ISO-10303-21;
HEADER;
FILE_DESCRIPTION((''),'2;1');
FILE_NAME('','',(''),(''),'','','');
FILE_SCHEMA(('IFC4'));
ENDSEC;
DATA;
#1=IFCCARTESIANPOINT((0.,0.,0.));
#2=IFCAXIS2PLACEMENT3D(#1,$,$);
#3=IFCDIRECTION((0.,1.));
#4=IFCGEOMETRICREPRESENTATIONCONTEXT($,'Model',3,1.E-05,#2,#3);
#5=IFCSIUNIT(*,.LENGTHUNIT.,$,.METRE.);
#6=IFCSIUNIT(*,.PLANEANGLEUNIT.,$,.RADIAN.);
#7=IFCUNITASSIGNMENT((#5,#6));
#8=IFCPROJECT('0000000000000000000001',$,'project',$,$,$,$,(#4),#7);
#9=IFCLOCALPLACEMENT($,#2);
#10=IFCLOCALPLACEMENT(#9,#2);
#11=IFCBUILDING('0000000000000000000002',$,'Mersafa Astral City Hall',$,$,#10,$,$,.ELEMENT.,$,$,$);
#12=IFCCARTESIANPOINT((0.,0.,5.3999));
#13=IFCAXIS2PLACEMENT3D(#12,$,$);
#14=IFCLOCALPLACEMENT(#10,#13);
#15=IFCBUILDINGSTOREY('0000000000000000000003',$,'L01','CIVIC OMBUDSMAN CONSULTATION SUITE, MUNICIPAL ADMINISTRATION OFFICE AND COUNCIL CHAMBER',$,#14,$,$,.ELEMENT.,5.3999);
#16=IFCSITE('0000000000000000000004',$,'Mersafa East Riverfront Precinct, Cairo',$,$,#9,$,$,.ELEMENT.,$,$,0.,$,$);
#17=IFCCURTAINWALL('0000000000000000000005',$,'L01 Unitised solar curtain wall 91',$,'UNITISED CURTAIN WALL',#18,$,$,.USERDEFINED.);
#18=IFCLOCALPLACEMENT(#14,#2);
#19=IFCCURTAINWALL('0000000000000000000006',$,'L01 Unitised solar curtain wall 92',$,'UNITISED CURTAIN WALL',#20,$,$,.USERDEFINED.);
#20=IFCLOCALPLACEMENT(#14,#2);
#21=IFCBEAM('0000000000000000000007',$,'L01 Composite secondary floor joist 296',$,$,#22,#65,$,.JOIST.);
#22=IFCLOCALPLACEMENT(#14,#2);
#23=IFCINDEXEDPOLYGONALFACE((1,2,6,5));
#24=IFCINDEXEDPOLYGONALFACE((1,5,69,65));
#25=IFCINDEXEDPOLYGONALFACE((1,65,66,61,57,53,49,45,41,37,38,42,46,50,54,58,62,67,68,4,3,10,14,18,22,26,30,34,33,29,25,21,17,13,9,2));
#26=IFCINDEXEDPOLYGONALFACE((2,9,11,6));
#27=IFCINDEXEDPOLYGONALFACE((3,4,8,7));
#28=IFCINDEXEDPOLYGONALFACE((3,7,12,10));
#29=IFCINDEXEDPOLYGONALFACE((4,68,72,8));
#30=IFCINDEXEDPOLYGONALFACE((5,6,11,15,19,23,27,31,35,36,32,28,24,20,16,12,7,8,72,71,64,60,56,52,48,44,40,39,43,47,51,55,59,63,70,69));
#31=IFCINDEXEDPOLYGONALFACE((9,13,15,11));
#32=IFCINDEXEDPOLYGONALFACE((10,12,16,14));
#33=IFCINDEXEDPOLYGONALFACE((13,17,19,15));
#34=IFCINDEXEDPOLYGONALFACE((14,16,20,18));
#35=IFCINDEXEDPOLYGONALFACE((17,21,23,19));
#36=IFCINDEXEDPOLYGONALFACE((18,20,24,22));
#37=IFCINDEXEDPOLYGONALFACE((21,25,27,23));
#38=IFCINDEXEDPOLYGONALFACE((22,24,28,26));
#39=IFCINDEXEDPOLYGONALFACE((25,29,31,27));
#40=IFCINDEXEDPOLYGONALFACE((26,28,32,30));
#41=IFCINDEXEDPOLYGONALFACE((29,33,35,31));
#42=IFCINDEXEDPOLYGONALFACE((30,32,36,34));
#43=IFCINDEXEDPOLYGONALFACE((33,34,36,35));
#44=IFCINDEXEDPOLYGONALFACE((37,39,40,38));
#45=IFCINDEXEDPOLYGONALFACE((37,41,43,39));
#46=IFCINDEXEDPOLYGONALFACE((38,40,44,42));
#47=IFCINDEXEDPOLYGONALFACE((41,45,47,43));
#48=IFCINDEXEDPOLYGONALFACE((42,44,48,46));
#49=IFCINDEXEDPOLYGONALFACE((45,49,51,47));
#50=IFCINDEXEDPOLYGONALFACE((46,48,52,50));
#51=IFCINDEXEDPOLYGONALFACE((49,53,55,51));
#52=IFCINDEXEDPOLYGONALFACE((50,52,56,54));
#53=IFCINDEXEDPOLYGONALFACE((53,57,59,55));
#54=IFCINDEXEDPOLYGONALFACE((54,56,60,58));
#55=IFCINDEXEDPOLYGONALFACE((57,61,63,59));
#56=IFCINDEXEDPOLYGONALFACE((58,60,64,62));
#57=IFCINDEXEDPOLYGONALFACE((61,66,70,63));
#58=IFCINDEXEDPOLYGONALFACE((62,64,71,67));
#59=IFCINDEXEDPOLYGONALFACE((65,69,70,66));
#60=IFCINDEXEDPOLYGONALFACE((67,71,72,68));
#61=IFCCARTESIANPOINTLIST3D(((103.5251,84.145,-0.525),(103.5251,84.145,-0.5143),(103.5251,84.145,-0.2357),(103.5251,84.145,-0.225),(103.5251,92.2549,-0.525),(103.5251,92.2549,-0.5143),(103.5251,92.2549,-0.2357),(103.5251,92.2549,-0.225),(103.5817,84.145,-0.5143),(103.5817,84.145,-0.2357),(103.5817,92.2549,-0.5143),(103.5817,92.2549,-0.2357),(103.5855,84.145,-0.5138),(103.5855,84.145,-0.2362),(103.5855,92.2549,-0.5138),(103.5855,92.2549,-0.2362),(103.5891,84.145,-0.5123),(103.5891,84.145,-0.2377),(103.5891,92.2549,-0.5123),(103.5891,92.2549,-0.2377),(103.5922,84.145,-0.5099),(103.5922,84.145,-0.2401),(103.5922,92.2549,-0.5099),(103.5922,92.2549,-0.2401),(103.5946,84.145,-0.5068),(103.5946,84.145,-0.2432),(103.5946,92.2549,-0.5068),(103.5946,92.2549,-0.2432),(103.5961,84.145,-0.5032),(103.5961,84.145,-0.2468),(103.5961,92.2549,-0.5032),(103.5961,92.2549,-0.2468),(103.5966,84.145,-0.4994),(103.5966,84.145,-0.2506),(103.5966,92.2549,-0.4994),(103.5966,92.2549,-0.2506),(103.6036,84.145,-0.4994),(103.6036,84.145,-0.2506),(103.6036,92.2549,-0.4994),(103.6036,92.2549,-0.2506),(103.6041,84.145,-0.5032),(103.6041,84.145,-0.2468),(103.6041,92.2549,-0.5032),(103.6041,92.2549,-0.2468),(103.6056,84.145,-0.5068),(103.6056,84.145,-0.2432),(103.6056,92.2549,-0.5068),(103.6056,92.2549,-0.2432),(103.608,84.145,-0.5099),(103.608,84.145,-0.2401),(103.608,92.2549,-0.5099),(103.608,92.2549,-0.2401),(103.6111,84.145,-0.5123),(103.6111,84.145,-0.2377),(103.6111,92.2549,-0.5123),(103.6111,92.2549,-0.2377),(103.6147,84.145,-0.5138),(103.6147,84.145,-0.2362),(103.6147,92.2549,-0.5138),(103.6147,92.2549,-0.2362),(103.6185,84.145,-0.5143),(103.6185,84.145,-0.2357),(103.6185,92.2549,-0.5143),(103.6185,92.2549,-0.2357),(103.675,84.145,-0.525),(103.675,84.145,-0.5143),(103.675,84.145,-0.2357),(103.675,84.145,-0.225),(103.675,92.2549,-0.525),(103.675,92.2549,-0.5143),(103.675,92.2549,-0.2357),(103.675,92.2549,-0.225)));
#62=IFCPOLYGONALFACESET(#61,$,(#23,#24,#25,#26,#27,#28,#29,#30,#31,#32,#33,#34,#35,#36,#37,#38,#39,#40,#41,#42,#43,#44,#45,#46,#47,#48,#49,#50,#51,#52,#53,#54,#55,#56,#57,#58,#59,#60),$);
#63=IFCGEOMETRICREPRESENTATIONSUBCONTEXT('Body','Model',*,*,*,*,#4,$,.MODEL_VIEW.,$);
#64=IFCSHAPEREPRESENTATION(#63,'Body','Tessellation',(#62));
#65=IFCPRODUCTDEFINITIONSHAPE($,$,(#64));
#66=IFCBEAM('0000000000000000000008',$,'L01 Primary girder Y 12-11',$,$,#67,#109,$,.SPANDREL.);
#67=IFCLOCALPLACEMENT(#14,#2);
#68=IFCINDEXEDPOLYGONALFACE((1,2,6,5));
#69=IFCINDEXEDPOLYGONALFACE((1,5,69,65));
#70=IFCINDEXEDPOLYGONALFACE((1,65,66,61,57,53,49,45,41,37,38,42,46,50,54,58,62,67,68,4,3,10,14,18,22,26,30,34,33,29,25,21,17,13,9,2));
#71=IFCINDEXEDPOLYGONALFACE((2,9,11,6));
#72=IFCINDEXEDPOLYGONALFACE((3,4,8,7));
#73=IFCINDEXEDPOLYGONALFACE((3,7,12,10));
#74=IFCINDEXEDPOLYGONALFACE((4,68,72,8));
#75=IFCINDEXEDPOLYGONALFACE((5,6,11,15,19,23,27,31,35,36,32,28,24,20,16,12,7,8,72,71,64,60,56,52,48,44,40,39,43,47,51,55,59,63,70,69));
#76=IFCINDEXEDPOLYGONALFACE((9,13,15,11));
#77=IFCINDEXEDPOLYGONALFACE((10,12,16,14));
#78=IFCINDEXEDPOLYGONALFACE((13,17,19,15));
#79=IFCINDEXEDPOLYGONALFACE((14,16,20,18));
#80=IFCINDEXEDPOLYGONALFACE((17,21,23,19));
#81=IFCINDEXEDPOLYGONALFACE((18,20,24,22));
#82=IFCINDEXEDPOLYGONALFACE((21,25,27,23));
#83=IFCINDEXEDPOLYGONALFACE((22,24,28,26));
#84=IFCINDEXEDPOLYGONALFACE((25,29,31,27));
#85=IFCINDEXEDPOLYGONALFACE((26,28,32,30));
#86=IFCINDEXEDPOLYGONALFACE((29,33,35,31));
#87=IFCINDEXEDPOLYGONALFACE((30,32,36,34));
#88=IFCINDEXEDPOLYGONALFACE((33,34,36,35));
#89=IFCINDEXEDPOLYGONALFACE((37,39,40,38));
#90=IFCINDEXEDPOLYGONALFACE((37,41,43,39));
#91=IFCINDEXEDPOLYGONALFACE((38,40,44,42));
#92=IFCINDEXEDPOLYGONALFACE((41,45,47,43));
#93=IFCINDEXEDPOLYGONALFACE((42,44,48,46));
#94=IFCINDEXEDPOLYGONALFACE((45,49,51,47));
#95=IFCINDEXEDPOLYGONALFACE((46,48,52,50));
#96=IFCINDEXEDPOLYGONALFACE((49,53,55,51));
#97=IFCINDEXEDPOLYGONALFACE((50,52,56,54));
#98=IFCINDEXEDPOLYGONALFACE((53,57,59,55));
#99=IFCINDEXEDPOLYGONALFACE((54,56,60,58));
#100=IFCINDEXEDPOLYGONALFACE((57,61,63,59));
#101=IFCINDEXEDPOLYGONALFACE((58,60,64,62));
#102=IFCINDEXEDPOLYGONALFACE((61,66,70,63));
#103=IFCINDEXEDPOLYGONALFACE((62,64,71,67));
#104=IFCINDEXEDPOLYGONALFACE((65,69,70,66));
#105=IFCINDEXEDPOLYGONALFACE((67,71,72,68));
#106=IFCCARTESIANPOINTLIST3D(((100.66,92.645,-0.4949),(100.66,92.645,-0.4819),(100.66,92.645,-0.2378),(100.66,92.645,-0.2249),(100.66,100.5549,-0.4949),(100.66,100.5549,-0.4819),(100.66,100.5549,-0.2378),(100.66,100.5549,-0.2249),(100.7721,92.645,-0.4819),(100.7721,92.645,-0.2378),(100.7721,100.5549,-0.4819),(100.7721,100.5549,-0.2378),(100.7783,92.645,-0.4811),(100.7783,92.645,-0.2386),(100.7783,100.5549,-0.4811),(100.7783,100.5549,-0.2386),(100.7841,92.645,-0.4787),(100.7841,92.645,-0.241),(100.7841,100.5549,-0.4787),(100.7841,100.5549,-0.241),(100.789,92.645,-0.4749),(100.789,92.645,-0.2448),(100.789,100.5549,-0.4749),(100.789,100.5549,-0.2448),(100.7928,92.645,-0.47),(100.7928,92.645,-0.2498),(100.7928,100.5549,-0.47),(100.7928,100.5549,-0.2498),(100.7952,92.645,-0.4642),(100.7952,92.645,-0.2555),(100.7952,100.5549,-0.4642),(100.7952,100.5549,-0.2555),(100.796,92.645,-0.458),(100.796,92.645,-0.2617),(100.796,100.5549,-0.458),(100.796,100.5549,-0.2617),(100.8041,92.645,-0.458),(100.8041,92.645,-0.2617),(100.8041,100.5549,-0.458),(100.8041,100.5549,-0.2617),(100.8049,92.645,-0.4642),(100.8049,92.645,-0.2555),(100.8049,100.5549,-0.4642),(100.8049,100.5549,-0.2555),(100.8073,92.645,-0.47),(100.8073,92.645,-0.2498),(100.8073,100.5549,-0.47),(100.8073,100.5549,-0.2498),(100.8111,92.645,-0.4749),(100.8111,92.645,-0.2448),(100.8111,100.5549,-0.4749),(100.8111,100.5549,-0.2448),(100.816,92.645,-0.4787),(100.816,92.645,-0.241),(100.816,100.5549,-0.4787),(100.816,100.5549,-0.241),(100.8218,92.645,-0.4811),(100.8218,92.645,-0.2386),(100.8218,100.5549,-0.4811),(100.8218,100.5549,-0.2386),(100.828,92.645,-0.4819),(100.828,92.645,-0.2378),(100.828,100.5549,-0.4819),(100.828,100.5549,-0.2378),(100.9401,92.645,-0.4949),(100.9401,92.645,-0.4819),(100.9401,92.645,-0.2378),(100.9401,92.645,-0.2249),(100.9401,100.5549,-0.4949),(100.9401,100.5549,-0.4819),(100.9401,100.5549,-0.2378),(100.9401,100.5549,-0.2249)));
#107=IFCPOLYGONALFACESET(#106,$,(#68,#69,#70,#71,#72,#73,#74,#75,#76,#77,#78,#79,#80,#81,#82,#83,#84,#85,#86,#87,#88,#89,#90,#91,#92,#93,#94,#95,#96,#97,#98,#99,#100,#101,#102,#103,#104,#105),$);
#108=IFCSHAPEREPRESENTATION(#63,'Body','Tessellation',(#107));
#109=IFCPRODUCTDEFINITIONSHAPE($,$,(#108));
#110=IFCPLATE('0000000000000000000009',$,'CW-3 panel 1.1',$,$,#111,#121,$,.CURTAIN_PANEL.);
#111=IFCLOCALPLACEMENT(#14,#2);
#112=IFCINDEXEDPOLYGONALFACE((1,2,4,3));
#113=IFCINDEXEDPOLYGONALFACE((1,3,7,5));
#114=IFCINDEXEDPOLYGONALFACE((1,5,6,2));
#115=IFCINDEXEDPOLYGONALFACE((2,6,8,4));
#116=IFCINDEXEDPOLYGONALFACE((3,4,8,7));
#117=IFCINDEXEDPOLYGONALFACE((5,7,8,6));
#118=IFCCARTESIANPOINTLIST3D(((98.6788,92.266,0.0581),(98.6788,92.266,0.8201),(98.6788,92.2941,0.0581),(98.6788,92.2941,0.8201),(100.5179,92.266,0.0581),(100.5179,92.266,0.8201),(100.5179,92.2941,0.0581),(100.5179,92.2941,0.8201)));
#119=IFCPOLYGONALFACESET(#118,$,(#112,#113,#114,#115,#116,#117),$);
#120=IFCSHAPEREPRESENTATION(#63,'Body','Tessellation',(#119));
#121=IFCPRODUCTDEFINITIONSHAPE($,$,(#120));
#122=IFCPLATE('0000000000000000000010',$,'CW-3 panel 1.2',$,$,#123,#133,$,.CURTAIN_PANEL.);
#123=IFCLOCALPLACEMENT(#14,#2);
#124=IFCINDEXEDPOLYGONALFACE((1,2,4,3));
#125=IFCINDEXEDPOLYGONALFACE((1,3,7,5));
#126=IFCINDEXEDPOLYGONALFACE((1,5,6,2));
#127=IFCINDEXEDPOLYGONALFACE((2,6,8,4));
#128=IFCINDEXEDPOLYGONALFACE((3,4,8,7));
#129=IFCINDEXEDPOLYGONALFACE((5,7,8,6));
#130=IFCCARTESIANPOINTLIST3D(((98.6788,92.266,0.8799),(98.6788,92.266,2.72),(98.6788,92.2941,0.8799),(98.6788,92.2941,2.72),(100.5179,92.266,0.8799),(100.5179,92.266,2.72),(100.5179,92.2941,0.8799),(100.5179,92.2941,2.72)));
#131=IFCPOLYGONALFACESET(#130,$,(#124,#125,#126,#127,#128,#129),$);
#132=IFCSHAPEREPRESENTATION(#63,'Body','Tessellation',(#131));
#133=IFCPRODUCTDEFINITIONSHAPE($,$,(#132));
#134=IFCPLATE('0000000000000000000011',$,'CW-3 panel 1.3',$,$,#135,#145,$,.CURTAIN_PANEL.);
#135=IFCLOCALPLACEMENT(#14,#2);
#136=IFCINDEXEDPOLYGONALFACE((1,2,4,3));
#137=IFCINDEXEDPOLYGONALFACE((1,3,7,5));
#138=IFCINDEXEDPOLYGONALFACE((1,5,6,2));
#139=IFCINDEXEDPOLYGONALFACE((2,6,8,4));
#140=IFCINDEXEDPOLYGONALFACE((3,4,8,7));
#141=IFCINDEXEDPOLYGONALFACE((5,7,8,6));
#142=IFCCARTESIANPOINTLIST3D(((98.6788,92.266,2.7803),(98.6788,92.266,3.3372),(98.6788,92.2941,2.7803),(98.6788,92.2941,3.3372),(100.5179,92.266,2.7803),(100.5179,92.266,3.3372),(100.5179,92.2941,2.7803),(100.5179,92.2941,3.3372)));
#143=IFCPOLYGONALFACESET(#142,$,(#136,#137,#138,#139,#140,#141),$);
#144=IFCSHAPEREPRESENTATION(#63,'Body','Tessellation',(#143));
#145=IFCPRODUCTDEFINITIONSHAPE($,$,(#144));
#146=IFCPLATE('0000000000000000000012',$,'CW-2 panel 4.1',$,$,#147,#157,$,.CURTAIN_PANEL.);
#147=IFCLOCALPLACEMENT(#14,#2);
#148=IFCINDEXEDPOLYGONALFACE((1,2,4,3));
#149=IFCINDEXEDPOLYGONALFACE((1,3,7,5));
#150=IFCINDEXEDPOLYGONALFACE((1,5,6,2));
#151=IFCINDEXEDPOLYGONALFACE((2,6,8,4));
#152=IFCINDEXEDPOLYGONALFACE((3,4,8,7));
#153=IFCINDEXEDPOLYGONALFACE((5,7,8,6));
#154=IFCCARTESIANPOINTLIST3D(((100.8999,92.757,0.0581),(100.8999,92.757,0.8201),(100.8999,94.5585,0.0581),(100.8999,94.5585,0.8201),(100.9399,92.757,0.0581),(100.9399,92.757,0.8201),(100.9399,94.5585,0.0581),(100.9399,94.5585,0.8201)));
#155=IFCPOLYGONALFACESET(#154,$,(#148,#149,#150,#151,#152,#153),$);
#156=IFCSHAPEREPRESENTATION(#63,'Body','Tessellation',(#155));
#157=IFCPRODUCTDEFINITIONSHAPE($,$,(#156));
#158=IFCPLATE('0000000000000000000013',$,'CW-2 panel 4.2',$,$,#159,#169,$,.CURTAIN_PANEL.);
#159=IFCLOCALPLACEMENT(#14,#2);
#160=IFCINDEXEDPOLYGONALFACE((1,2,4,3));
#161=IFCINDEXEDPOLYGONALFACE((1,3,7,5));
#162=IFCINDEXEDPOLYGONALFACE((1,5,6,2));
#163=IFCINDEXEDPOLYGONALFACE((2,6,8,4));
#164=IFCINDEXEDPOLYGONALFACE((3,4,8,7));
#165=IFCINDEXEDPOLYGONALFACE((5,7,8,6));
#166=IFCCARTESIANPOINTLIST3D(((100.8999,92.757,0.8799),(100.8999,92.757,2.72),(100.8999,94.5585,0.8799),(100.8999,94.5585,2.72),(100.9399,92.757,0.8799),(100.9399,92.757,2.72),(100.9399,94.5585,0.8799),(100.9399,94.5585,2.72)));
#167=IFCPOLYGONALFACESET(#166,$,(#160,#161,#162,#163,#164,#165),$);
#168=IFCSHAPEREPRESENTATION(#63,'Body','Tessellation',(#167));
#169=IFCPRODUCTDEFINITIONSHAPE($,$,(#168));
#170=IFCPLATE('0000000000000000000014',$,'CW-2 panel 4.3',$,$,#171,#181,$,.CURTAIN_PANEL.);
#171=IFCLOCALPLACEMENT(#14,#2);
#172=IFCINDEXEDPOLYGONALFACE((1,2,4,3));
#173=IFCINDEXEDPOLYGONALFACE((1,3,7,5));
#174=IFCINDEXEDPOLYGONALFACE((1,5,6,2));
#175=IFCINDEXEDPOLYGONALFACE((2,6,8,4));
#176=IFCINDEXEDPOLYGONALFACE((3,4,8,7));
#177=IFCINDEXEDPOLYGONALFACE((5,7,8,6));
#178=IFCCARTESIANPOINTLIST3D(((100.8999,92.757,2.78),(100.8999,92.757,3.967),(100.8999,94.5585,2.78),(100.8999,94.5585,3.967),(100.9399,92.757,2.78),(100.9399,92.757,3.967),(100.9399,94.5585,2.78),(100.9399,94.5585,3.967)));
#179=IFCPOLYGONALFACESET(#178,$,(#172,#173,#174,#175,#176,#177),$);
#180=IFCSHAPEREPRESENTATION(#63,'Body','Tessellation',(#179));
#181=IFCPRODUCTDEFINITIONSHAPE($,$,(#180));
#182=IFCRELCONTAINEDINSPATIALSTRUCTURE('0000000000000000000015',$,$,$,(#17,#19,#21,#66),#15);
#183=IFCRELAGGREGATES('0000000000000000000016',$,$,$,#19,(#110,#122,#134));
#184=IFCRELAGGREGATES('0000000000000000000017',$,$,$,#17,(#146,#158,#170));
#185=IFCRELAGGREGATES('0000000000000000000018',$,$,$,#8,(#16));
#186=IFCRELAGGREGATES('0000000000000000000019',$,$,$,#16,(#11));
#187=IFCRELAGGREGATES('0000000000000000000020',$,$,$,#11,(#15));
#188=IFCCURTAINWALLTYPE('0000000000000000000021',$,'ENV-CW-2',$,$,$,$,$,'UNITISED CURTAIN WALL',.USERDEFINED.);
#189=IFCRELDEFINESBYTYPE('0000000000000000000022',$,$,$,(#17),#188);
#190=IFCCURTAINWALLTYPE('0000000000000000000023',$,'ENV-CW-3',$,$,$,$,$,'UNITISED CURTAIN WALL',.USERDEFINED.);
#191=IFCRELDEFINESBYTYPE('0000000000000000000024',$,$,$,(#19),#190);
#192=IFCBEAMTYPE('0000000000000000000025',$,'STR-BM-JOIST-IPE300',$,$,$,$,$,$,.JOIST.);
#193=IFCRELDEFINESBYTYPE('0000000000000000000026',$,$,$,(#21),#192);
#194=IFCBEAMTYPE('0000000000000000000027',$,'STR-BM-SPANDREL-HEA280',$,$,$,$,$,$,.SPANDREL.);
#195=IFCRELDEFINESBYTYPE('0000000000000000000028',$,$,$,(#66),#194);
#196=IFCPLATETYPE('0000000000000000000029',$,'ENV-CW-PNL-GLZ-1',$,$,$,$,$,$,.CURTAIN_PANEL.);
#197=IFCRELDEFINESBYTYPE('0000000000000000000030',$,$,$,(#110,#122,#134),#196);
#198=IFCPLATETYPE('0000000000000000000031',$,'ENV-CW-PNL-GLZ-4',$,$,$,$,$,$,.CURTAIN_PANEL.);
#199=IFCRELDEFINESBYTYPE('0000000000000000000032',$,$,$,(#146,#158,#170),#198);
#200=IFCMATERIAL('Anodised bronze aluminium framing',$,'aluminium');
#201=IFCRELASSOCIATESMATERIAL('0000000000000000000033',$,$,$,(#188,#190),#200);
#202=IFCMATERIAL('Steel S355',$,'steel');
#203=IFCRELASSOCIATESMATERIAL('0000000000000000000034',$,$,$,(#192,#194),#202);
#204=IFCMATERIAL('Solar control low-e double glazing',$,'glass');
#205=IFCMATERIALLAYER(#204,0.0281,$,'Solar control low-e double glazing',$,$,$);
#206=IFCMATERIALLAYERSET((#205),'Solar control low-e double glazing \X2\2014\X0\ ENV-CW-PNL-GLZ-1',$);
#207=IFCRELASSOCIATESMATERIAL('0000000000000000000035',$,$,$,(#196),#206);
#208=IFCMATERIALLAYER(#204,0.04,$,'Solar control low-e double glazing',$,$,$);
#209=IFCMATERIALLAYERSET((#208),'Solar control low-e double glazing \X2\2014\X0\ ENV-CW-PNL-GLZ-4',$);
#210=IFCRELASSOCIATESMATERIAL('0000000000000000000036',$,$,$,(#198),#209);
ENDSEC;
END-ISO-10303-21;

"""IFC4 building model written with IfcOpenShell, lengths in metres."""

from ifc_helpers import new_model, si_unit, direction, frame, origin, origin_2d, place, context, subcontext, project, spatial, rectangle, i_section, extrude, material, layer, layer_set, material_profile, profile_set, type_object, element, aggregate, save


model = new_model("IFC4")

# Units and contexts
model_context = context("Model", 3, precision=1e-05, world=origin(), true_north=direction((0.0, 1.0)))
body_context = subcontext(model_context, "Body", "Model", "MODEL_VIEW")
ifc_project = project(units=[si_unit("LENGTHUNIT", "METRE"), si_unit("PLANEANGLEUNIT", "RADIAN")], contexts=[model_context])

# Site, building, storey
site_placement = place(None, origin())
site = spatial("IfcSite", under=ifc_project, at=site_placement, Name="Mersafa East Riverfront Precinct, Cairo", CompositionType="ELEMENT", RefElevation=0.0)
building_placement = place(site_placement, origin())
building = spatial("IfcBuilding", under=site, at=building_placement, Name="Mersafa Astral City Hall", CompositionType="ELEMENT")
storey_placement = place(building_placement, frame((0.0, 0.0, 5.3999)))
storey = spatial("IfcBuildingStorey", under=building, at=storey_placement, Name="L01", Description="CIVIC OMBUDSMAN CONSULTATION SUITE, MUNICIPAL ADMINISTRATION OFFICE AND COUNCIL CHAMBER", CompositionType="ELEMENT", Elevation=5.3999)

# Shared definitions
ifc_material_1 = material(Name="Steel S355", Category="steel")

# Curtain wall
ifc_material_2 = material(Name="Anodised bronze aluminium framing", Category="aluminium")
curtain_wall_type_1 = type_object("IfcCurtainWallType", Name="ENV-CW-2", ElementType="UNITISED CURTAIN WALL", PredefinedType="USERDEFINED", material=ifc_material_2)
curtain_wall_1_placement = place(storey_placement, origin())
curtain_wall_1 = element("IfcCurtainWall", 1, at=curtain_wall_1_placement, inside=storey, type_object=curtain_wall_type_1, Name="L01 Unitised solar curtain wall 91", ObjectType="UNITISED CURTAIN WALL", PredefinedType="USERDEFINED")

# Curtain wall
curtain_wall_type_2 = type_object("IfcCurtainWallType", Name="ENV-CW-3", ElementType="UNITISED CURTAIN WALL", PredefinedType="USERDEFINED", material=ifc_material_2)
curtain_wall_2_placement = place(storey_placement, origin())
curtain_wall_2 = element("IfcCurtainWall", 2, at=curtain_wall_2_placement, inside=storey, type_object=curtain_wall_type_2, Name="L01 Unitised solar curtain wall 92", ObjectType="UNITISED CURTAIN WALL", PredefinedType="USERDEFINED")

# Beams
ifc_material_profile_1 = material_profile(ifc_material_1, i_section(OverallWidth=0.1499, OverallDepth=0.3, WebThickness=0.0071, FlangeThickness=0.0107, FilletRadius=0.0149, at=origin_2d()), Name="IPE 300")
ifc_profile_set_1 = profile_set([ifc_material_profile_1], Name="Steel S355")
beam_type_1 = type_object("IfcBeamType", Name="STR-BM-JOIST-IPE300", PredefinedType="JOIST", material=ifc_profile_set_1)
beam_1_placement = place(storey_placement, frame((103.6001, 84.145, -0.375), z_axis=(0.0, 1.0, 0.0), x_axis=(-1.0, 0.0, 0.0)))
element("IfcBeam", 3, at=beam_1_placement, inside=storey, type_object=beam_type_1, Name="L01 Composite secondary floor joist 296", PredefinedType="JOIST", context=body_context, shape_type="SweptSolid", body=[
    extrude(i_section(OverallWidth=0.1499, OverallDepth=0.3, WebThickness=0.0071, FlangeThickness=0.0107, FilletRadius=0.0149, at=origin_2d()), origin(), (0.0, 0.0, 1.0), 8.1099),
])
ifc_material_profile_2 = material_profile(ifc_material_1, i_section(OverallWidth=0.28, OverallDepth=0.27, WebThickness=0.0081, FlangeThickness=0.0129, FilletRadius=0.0239, at=origin_2d()), Name="HEA 280")
ifc_profile_set_2 = profile_set([ifc_material_profile_2], Name="Steel S355")
beam_type_2 = type_object("IfcBeamType", Name="STR-BM-SPANDREL-HEA280", PredefinedType="SPANDREL", material=ifc_profile_set_2)
beam_2_placement = place(storey_placement, frame((100.8, 92.645, -0.3599), z_axis=(0.0, 1.0, 0.0), x_axis=(-1.0, 0.0, 0.0)))
element("IfcBeam", 4, at=beam_2_placement, inside=storey, type_object=beam_type_2, Name="L01 Primary girder Y 12-11", PredefinedType="SPANDREL", context=body_context, shape_type="SweptSolid", body=[
    extrude(i_section(OverallWidth=0.28, OverallDepth=0.27, WebThickness=0.0081, FlangeThickness=0.0129, FilletRadius=0.0239, at=origin_2d()), origin(), (0.0, 0.0, 1.0), 7.9099),
])

# Plates
ifc_material_3 = material(Name="Solar control low-e double glazing", Category="glass")
ifc_layer_1 = layer(ifc_material_3, 0.0281, Name="Solar control low-e double glazing")
ifc_layer_set_1 = layer_set([ifc_layer_1], Name="Solar control low-e double glazing — ENV-CW-PNL-GLZ-1")
plate_type_1 = type_object("IfcPlateType", Name="ENV-CW-PNL-GLZ-1", PredefinedType="CURTAIN_PANEL", material=ifc_layer_set_1)
plate_1_placement = place(storey_placement, frame((99.5984, 92.28, 0.0581), z_axis=(0.0, 0.0, 1.0), x_axis=(-1.0, 0.0, 0.0)))
plate_1 = element("IfcPlate", 5, at=plate_1_placement, type_object=plate_type_1, Name="CW-3 panel 1.1", PredefinedType="CURTAIN_PANEL", context=body_context, shape_type="SweptSolid", body=[
    extrude(rectangle(XDim=1.8391, YDim=0.0281, at=origin_2d()), origin(), (0.0, 0.0, 1.0), 0.762),
])
plate_2_placement = place(storey_placement, frame((99.5984, 92.28, 0.8799), z_axis=(0.0, 0.0, 1.0), x_axis=(-1.0, 0.0, 0.0)))
plate_2 = element("IfcPlate", 6, at=plate_2_placement, type_object=plate_type_1, Name="CW-3 panel 1.2", PredefinedType="CURTAIN_PANEL", context=body_context, shape_type="SweptSolid", body=[
    extrude(rectangle(XDim=1.8391, YDim=0.0281, at=origin_2d()), origin(), (0.0, 0.0, 1.0), 1.8401),
])
plate_3_placement = place(storey_placement, frame((99.5984, 92.28, 2.7803), z_axis=(0.0, 0.0, 1.0), x_axis=(-1.0, 0.0, 0.0)))
plate_3 = element("IfcPlate", 7, at=plate_3_placement, type_object=plate_type_1, Name="CW-3 panel 1.3", PredefinedType="CURTAIN_PANEL", context=body_context, shape_type="SweptSolid", body=[
    extrude(rectangle(XDim=1.8391, YDim=0.0281, at=origin_2d()), origin(), (0.0, 0.0, 1.0), 0.5569),
])
aggregate(curtain_wall_2, [plate_1, plate_2, plate_3])
ifc_layer_2 = layer(ifc_material_3, 0.04, Name="Solar control low-e double glazing")
ifc_layer_set_2 = layer_set([ifc_layer_2], Name="Solar control low-e double glazing — ENV-CW-PNL-GLZ-4")
plate_type_2 = type_object("IfcPlateType", Name="ENV-CW-PNL-GLZ-4", PredefinedType="CURTAIN_PANEL", material=ifc_layer_set_2)
plate_4_placement = place(storey_placement, frame((100.9199, 93.6577, 0.0581), z_axis=(0.0, 0.0, 1.0), x_axis=(0.0, -1.0, 0.0)))
plate_4 = element("IfcPlate", 8, at=plate_4_placement, type_object=plate_type_2, Name="CW-2 panel 4.1", PredefinedType="CURTAIN_PANEL", context=body_context, shape_type="SweptSolid", body=[
    extrude(rectangle(XDim=1.8015, YDim=0.04, at=origin_2d()), origin(), (0.0, 0.0, 1.0), 0.762),
])
plate_5_placement = place(storey_placement, frame((100.9199, 93.6577, 0.8799), z_axis=(0.0, 0.0, 1.0), x_axis=(0.0, -1.0, 0.0)))
plate_5 = element("IfcPlate", 9, at=plate_5_placement, type_object=plate_type_2, Name="CW-2 panel 4.2", PredefinedType="CURTAIN_PANEL", context=body_context, shape_type="SweptSolid", body=[
    extrude(rectangle(XDim=1.8015, YDim=0.04, at=origin_2d()), origin(), (0.0, 0.0, 1.0), 1.8401),
])
plate_6_placement = place(storey_placement, frame((100.9199, 93.6577, 2.78), z_axis=(0.0, 0.0, 1.0), x_axis=(0.0, -1.0, 0.0)))
plate_6 = element("IfcPlate", 10, at=plate_6_placement, type_object=plate_type_2, Name="CW-2 panel 4.3", PredefinedType="CURTAIN_PANEL", context=body_context, shape_type="SweptSolid", body=[
    extrude(rectangle(XDim=1.8015, YDim=0.04, at=origin_2d()), origin(), (0.0, 0.0, 1.0), 1.187),
])
aggregate(curtain_wall_1, [plate_4, plate_5, plate_6])

save(model, "model.ifc")
